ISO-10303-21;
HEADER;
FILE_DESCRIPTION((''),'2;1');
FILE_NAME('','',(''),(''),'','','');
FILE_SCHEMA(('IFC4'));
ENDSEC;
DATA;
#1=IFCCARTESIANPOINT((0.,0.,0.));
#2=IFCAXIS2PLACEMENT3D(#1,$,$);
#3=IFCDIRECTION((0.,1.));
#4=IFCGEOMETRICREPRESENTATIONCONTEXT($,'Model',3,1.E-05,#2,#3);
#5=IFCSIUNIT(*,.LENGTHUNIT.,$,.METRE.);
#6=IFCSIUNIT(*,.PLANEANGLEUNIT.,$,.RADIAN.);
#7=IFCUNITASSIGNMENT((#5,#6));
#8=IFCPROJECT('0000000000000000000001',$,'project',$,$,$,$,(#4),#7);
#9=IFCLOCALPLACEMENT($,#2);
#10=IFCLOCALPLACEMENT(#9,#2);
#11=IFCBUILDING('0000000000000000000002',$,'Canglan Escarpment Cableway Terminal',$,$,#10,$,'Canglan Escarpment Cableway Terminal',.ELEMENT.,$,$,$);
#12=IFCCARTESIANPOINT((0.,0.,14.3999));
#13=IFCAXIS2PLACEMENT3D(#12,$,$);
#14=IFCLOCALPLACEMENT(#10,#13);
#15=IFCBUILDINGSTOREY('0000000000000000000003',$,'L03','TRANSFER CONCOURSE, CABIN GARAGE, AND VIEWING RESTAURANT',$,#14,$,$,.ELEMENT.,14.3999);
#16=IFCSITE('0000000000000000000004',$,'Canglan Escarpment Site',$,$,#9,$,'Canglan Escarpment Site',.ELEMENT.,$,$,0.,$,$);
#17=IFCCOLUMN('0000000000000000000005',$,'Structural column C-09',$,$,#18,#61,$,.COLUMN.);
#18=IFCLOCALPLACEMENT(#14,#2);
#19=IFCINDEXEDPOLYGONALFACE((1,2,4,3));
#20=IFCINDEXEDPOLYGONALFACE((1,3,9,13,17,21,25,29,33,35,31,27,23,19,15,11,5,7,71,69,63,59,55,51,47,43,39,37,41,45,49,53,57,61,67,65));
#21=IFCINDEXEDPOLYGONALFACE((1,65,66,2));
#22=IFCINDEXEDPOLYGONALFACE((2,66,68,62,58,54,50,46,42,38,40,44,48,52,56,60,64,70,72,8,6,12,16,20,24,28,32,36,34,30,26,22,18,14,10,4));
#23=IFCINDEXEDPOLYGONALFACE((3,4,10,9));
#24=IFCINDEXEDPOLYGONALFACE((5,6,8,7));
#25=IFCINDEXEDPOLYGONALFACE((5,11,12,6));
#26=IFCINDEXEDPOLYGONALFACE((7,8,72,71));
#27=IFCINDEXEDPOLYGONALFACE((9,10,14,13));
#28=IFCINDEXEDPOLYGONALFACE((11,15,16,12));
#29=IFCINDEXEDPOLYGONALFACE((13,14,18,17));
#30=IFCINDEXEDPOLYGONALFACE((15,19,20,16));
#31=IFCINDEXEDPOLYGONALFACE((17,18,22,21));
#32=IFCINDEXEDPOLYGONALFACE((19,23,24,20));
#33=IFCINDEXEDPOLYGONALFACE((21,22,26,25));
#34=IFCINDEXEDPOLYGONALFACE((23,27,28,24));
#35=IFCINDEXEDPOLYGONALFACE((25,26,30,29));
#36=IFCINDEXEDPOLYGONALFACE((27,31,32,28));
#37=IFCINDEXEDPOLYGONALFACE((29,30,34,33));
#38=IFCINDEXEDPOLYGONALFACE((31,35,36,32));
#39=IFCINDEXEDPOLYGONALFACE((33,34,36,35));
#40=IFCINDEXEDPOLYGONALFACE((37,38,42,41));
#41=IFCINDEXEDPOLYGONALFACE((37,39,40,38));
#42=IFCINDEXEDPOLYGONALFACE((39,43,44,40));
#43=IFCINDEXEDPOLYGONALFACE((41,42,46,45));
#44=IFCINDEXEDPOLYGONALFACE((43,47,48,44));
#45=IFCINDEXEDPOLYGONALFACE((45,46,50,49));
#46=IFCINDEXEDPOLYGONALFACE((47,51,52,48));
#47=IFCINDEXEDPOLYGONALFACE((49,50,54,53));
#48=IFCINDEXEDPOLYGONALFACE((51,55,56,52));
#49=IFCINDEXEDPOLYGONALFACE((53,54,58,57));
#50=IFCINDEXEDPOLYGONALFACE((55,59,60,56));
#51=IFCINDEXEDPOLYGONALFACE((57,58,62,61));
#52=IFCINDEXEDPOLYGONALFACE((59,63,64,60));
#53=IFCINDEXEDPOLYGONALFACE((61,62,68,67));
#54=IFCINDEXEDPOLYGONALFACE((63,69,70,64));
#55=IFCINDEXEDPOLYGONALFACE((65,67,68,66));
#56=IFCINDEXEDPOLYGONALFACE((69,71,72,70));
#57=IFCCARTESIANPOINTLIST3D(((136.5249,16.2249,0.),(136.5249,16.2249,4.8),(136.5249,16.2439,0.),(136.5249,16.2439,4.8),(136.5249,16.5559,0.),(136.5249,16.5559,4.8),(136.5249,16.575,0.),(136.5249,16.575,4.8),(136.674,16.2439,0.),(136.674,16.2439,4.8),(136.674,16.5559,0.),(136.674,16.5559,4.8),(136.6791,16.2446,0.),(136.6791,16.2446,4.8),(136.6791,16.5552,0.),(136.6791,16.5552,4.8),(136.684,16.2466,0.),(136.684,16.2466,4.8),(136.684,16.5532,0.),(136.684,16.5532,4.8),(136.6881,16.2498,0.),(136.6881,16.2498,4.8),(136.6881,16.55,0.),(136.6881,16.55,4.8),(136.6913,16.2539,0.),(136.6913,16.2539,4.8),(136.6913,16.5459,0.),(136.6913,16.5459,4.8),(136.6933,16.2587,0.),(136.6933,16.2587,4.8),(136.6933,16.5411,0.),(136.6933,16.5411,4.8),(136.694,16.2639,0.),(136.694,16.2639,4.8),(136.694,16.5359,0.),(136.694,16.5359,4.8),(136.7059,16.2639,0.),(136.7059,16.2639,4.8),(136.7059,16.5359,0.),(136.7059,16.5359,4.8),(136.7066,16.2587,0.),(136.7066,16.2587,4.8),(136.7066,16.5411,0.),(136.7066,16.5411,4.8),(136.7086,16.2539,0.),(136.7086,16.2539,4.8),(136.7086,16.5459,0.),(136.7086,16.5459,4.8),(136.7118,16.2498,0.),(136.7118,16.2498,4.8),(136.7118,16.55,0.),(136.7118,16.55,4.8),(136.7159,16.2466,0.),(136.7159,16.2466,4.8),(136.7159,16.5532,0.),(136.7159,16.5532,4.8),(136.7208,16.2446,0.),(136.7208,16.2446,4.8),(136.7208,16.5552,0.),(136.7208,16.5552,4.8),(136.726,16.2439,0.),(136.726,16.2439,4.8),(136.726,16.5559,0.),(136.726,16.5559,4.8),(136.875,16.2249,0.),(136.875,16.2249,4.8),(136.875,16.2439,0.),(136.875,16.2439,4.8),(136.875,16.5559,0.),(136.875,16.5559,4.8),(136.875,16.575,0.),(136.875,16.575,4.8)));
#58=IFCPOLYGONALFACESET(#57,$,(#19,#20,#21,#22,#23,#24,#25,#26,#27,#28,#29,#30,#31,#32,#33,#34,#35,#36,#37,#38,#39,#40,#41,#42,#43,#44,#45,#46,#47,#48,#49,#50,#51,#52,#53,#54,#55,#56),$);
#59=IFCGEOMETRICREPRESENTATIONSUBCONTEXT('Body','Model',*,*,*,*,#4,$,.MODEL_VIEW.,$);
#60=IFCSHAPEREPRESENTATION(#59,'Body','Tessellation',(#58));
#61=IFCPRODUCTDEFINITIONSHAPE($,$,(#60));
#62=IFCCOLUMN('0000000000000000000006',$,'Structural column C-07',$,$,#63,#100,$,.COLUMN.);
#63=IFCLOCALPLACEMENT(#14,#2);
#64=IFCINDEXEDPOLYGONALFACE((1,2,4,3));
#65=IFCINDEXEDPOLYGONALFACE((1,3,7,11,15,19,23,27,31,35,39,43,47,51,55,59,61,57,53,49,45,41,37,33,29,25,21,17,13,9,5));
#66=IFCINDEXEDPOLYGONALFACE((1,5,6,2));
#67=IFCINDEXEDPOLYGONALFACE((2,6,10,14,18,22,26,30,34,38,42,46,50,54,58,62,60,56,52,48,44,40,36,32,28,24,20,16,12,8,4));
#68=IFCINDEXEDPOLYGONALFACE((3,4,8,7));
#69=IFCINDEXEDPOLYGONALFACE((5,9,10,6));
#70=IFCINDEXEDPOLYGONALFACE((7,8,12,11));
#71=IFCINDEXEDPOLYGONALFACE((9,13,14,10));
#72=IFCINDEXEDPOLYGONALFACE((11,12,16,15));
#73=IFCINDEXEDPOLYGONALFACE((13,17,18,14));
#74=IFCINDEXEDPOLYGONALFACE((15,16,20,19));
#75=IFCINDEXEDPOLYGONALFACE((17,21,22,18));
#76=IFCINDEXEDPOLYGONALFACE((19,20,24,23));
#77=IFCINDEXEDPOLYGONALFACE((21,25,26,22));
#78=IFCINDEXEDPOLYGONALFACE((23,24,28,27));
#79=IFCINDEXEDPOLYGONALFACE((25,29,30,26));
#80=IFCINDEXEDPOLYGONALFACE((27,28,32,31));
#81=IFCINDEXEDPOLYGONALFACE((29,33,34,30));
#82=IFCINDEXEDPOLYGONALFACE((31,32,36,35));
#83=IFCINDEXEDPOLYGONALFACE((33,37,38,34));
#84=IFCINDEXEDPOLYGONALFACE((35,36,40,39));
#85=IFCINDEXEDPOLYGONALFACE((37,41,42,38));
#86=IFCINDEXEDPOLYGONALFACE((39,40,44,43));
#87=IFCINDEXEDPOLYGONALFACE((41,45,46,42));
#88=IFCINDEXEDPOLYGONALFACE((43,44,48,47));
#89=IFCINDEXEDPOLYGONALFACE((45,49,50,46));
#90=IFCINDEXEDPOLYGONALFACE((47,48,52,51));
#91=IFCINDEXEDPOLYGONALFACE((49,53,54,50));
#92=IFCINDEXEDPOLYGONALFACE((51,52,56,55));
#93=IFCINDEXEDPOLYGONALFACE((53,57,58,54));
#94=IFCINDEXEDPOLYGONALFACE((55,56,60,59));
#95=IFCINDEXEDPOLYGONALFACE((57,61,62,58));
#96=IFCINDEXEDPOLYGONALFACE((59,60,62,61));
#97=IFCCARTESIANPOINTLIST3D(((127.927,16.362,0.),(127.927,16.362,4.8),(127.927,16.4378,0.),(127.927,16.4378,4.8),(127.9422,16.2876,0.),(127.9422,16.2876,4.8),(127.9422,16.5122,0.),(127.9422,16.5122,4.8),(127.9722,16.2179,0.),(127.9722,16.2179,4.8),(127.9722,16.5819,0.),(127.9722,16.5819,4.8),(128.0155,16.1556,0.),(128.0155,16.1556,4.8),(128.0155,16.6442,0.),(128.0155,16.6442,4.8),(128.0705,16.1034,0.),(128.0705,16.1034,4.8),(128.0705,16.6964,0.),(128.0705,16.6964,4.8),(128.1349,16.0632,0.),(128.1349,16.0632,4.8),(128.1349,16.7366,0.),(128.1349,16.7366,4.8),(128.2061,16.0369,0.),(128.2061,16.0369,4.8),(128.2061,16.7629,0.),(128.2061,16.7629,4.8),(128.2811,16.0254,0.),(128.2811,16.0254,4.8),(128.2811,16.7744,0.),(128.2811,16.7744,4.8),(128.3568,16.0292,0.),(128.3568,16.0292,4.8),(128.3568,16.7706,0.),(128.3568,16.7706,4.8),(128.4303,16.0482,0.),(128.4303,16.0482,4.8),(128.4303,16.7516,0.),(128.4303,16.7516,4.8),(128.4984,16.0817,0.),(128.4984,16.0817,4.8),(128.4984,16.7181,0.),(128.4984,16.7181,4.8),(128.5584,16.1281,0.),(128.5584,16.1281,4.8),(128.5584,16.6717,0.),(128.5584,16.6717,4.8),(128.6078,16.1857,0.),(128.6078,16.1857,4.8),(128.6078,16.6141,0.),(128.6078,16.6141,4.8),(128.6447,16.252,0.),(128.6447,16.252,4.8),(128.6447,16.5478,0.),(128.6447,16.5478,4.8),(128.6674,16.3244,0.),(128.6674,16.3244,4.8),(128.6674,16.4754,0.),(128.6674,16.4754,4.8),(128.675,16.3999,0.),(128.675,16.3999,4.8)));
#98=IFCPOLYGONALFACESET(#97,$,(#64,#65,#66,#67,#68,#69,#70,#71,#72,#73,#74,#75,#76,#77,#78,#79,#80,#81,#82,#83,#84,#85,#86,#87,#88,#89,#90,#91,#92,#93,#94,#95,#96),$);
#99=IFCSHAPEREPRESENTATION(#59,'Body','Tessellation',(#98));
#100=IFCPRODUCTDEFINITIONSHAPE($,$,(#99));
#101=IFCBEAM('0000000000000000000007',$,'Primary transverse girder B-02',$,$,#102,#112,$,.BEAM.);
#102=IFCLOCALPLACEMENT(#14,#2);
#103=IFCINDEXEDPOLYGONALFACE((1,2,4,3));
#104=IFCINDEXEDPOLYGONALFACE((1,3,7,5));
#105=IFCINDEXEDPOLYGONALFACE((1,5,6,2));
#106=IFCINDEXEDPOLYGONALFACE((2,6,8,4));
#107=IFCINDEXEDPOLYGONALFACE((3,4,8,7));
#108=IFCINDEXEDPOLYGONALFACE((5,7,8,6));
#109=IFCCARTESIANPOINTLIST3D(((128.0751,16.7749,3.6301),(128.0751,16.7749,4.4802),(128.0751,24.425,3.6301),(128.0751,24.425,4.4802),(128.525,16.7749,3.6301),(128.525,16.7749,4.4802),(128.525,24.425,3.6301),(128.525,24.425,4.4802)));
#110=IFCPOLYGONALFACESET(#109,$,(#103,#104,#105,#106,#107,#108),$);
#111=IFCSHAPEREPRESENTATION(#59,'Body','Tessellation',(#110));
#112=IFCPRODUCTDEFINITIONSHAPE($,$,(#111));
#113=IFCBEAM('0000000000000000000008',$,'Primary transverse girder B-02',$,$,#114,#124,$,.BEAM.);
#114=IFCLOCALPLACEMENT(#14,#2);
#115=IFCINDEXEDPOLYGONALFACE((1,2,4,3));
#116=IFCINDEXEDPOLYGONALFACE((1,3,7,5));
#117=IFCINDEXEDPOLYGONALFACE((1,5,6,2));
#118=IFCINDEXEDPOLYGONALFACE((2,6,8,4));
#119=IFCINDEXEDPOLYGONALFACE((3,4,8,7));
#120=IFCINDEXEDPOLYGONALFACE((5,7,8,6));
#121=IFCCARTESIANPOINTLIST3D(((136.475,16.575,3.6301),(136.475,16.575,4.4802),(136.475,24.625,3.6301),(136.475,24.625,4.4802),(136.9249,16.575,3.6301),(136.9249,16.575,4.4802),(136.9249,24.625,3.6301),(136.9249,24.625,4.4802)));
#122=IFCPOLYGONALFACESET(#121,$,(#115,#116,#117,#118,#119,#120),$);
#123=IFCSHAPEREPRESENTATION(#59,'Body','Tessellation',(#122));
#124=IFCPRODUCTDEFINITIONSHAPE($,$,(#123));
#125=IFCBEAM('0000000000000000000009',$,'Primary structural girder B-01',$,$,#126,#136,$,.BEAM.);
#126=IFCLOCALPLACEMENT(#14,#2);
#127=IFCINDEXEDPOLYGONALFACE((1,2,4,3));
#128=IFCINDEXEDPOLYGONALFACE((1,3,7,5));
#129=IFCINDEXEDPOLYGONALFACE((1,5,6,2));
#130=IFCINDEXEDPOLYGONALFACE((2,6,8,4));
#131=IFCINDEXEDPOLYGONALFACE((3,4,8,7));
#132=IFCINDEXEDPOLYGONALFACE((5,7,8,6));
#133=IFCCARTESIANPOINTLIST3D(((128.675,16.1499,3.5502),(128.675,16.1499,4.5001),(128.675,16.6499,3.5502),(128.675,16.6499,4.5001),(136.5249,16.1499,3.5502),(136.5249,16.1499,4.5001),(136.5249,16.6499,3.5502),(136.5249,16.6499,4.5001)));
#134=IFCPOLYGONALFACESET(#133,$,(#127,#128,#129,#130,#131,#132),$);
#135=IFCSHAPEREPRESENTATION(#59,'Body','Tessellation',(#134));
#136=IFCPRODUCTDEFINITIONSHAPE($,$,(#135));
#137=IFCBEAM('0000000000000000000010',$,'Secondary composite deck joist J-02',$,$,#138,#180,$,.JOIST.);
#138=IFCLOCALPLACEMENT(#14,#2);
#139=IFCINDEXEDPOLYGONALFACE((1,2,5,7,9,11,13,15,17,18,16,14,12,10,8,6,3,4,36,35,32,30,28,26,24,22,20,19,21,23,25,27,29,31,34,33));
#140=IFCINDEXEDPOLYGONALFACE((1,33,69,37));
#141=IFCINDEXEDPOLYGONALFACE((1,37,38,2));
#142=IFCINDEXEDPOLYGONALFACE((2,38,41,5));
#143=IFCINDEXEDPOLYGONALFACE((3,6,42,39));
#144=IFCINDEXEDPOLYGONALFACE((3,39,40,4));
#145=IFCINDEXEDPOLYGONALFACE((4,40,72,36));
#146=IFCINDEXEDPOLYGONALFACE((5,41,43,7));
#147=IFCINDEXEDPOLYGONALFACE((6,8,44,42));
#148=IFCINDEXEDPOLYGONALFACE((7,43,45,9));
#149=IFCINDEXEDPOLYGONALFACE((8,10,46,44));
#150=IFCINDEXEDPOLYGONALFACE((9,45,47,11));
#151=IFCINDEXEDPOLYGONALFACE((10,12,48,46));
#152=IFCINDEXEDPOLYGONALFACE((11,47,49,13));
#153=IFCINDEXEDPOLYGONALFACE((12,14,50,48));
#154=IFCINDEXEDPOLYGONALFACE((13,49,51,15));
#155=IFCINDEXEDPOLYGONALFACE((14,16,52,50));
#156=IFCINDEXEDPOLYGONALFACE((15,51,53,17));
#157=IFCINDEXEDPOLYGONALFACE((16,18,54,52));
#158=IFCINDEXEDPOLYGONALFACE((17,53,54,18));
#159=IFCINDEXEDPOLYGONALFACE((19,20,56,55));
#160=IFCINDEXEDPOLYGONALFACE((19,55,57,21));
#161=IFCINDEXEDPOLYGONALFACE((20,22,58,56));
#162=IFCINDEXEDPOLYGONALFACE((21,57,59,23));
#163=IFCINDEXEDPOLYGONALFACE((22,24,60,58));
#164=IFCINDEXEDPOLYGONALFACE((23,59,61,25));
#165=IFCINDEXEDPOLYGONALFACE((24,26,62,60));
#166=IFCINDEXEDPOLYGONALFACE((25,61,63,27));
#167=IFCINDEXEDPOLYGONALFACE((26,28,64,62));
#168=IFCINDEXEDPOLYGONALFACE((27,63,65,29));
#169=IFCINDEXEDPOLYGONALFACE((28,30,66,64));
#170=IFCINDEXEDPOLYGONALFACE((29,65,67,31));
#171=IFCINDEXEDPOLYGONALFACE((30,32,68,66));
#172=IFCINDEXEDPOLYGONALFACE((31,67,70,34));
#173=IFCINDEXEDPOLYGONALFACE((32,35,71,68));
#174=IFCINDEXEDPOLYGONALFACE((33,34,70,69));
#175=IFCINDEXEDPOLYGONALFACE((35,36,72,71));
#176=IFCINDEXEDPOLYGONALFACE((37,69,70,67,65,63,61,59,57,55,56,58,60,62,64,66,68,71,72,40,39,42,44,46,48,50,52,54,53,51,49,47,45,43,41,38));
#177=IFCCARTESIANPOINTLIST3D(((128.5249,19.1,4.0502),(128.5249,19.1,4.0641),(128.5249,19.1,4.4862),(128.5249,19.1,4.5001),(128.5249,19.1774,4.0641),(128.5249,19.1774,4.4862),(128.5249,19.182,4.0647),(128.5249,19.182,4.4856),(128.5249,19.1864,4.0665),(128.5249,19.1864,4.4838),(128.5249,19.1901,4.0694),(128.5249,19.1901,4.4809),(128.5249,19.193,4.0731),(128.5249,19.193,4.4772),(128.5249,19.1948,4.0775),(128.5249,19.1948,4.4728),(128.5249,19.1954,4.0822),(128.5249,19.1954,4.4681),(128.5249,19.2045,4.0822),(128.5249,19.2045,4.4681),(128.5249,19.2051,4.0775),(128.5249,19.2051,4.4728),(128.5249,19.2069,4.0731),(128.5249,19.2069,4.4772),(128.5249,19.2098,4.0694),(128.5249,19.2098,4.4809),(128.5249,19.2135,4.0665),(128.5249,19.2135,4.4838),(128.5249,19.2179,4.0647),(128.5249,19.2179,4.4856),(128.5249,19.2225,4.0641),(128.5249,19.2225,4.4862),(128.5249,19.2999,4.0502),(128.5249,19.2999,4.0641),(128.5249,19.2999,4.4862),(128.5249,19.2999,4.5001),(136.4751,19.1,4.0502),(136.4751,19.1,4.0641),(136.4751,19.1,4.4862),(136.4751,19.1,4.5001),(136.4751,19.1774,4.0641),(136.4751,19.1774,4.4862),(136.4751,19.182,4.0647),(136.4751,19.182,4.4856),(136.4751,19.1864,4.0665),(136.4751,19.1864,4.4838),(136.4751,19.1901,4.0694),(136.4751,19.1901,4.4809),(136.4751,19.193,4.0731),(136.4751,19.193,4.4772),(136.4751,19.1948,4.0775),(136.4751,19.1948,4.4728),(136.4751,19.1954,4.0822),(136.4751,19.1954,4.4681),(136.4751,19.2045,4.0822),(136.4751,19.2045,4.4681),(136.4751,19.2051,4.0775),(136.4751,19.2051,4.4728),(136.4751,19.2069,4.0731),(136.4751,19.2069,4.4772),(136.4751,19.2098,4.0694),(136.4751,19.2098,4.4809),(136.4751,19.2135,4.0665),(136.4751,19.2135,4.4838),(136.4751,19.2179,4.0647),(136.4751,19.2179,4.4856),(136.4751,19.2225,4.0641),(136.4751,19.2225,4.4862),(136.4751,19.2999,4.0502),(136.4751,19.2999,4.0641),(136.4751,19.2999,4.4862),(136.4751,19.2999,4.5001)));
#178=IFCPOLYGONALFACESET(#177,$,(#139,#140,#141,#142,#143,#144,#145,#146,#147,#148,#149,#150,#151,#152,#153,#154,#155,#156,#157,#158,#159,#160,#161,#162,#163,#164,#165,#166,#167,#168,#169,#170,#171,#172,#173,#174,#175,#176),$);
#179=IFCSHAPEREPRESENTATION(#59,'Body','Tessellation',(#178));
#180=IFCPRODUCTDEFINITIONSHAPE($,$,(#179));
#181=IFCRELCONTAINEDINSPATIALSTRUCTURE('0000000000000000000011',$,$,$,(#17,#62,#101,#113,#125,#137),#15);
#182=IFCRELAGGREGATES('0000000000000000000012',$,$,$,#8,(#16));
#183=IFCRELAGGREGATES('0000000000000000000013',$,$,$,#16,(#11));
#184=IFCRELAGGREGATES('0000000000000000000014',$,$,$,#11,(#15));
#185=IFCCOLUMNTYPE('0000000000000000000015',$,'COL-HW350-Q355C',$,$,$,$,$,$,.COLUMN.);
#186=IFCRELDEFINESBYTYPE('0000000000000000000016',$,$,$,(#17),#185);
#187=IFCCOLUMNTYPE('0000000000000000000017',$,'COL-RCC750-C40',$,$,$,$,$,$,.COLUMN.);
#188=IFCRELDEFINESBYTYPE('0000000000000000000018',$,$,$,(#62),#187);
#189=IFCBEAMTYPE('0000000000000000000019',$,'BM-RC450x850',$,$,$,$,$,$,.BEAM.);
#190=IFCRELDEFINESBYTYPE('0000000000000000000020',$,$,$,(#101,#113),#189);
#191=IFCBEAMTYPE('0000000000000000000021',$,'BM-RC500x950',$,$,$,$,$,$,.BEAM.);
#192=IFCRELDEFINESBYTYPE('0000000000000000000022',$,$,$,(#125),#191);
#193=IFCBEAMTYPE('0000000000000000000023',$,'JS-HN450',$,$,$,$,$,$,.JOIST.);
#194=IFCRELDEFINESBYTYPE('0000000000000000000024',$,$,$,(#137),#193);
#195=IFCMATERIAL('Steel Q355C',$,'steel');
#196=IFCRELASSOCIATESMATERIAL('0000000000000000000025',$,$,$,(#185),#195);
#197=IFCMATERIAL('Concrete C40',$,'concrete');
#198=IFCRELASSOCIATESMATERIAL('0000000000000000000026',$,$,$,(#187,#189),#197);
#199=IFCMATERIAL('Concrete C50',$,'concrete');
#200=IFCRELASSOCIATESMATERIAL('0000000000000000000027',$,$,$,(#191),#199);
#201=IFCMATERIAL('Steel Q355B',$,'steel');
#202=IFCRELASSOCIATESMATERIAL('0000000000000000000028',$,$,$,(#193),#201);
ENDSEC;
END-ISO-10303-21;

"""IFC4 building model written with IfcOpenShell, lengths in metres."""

from ifc_helpers import new_model, si_unit, direction, frame, origin, origin_2d, place, context, subcontext, project, spatial, rectangle, circle, i_section, extrude, material, material_profile, profile_set, type_object, element, save


model = new_model("IFC4")

# Units and contexts
model_context = context("Model", 3, precision=1e-05, world=origin(), true_north=direction((0.0, 1.0)))
body_context = subcontext(model_context, "Body", "Model", "MODEL_VIEW")
ifc_project = project(units=[si_unit("LENGTHUNIT", "METRE"), si_unit("PLANEANGLEUNIT", "RADIAN")], contexts=[model_context])

# Site, building, storey
site_placement = place(None, origin())
site = spatial("IfcSite", under=ifc_project, at=site_placement, Name="Canglan Escarpment Site", LongName="Canglan Escarpment Site", CompositionType="ELEMENT", RefElevation=0.0)
building_placement = place(site_placement, origin())
building = spatial("IfcBuilding", under=site, at=building_placement, Name="Canglan Escarpment Cableway Terminal", LongName="Canglan Escarpment Cableway Terminal", CompositionType="ELEMENT")
storey_placement = place(building_placement, frame((0.0, 0.0, 14.3999)))
storey = spatial("IfcBuildingStorey", under=building, at=storey_placement, Name="L03", Description="TRANSFER CONCOURSE, CABIN GARAGE, AND VIEWING RESTAURANT", CompositionType="ELEMENT", Elevation=14.3999)

# Columns
ifc_material_1 = material(Name="Steel Q355C", Category="steel")
ifc_material_profile_1 = material_profile(ifc_material_1, i_section(OverallWidth=0.3501, OverallDepth=0.3501, WebThickness=0.012, FlangeThickness=0.019, FilletRadius=0.02, at=origin_2d()), Name="HW 350x350x12x19")
ifc_profile_set_1 = profile_set([ifc_material_profile_1], Name="Steel Q355C")
column_type_1 = type_object("IfcColumnType", Name="COL-HW350-Q355C", PredefinedType="COLUMN", material=ifc_profile_set_1)
column_1_placement = place(storey_placement, frame((136.7, 16.3999, 0.0), z_axis=(0.0, 0.0, 1.0), x_axis=(1.0, 0.0, 0.0)))
element("IfcColumn", 1, at=column_1_placement, inside=storey, type_object=column_type_1, Name="Structural column C-09", PredefinedType="COLUMN", context=body_context, shape_type="SweptSolid", body=[
    extrude(i_section(OverallWidth=0.3501, OverallDepth=0.3501, WebThickness=0.012, FlangeThickness=0.019, FilletRadius=0.02, at=origin_2d()), origin(), (0.0, 0.0, 1.0), 4.8),
])
ifc_material_2 = material(Name="Concrete C40", Category="concrete")
ifc_material_profile_2 = material_profile(ifc_material_2, circle(Radius=0.375, at=origin_2d()), Name="RC-CIRC D750")
ifc_profile_set_2 = profile_set([ifc_material_profile_2], Name="Concrete C40")
column_type_2 = type_object("IfcColumnType", Name="COL-RCC750-C40", PredefinedType="COLUMN", material=ifc_profile_set_2)
column_2_placement = place(storey_placement, frame((128.3, 16.3999, 0.0), z_axis=(0.0, 0.0, 1.0), x_axis=(1.0, 0.0, 0.0)))
element("IfcColumn", 2, at=column_2_placement, inside=storey, type_object=column_type_2, Name="Structural column C-07", PredefinedType="COLUMN", context=body_context, shape_type="SweptSolid", body=[
    extrude(circle(Radius=0.375, at=origin_2d()), origin(), (0.0, 0.0, 1.0), 4.8),
])

# Beams
ifc_material_profile_3 = material_profile(ifc_material_2, rectangle(XDim=0.45, YDim=0.8501, at=origin_2d()), Name="RC 450x850")
ifc_profile_set_3 = profile_set([ifc_material_profile_3], Name="Concrete C40")
beam_type_1 = type_object("IfcBeamType", Name="BM-RC450x850", PredefinedType="BEAM", material=ifc_profile_set_3)
beam_1_placement = place(storey_placement, frame((128.3, 16.7749, 4.0552), z_axis=(0.0, 1.0, 0.0), x_axis=(-1.0, 0.0, 0.0)))
element("IfcBeam", 3, at=beam_1_placement, inside=storey, type_object=beam_type_1, Name="Primary transverse girder B-02", PredefinedType="BEAM", context=body_context, shape_type="SweptSolid", body=[
    extrude(rectangle(XDim=0.45, YDim=0.8501, at=origin_2d()), origin(), (0.0, 0.0, 1.0), 7.6501),
])
beam_2_placement = place(storey_placement, frame((136.7, 16.575, 4.0552), z_axis=(0.0, 1.0, 0.0), x_axis=(-1.0, 0.0, 0.0)))
element("IfcBeam", 4, at=beam_2_placement, inside=storey, type_object=beam_type_1, Name="Primary transverse girder B-02", PredefinedType="BEAM", context=body_context, shape_type="SweptSolid", body=[
    extrude(rectangle(XDim=0.45, YDim=0.8501, at=origin_2d()), origin(), (0.0, 0.0, 1.0), 8.05),
])
ifc_material_3 = material(Name="Concrete C50", Category="concrete")
ifc_material_profile_4 = material_profile(ifc_material_3, rectangle(XDim=0.5, YDim=0.95, at=origin_2d()), Name="RC 500x950")
ifc_profile_set_4 = profile_set([ifc_material_profile_4], Name="Concrete C50")
beam_type_2 = type_object("IfcBeamType", Name="BM-RC500x950", PredefinedType="BEAM", material=ifc_profile_set_4)
beam_3_placement = place(storey_placement, frame((128.675, 16.3999, 4.0251), z_axis=(1.0, 0.0, 0.0), x_axis=(0.0, 1.0, 0.0)))
element("IfcBeam", 5, at=beam_3_placement, inside=storey, type_object=beam_type_2, Name="Primary structural girder B-01", PredefinedType="BEAM", context=body_context, shape_type="SweptSolid", body=[
    extrude(rectangle(XDim=0.5, YDim=0.95, at=origin_2d()), origin(), (0.0, 0.0, 1.0), 7.8499),
])
ifc_material_4 = material(Name="Steel Q355B", Category="steel")
ifc_material_profile_5 = material_profile(ifc_material_4, i_section(OverallWidth=0.2, OverallDepth=0.45, WebThickness=0.009, FlangeThickness=0.0139, FilletRadius=0.0181, at=origin_2d()), Name="HN 450x200x9x14")
ifc_profile_set_5 = profile_set([ifc_material_profile_5], Name="Steel Q355B")
beam_type_3 = type_object("IfcBeamType", Name="JS-HN450", PredefinedType="JOIST", material=ifc_profile_set_5)
beam_4_placement = place(storey_placement, frame((128.5249, 19.2, 4.2751), z_axis=(1.0, 0.0, 0.0), x_axis=(0.0, 1.0, 0.0)))
element("IfcBeam", 6, at=beam_4_placement, inside=storey, type_object=beam_type_3, Name="Secondary composite deck joist J-02", PredefinedType="JOIST", context=body_context, shape_type="SweptSolid", body=[
    extrude(i_section(OverallWidth=0.2, OverallDepth=0.45, WebThickness=0.009, FlangeThickness=0.0139, FilletRadius=0.0181, at=origin_2d()), origin(), (0.0, 0.0, 1.0), 7.9502),
])

save(model, "model.ifc")
